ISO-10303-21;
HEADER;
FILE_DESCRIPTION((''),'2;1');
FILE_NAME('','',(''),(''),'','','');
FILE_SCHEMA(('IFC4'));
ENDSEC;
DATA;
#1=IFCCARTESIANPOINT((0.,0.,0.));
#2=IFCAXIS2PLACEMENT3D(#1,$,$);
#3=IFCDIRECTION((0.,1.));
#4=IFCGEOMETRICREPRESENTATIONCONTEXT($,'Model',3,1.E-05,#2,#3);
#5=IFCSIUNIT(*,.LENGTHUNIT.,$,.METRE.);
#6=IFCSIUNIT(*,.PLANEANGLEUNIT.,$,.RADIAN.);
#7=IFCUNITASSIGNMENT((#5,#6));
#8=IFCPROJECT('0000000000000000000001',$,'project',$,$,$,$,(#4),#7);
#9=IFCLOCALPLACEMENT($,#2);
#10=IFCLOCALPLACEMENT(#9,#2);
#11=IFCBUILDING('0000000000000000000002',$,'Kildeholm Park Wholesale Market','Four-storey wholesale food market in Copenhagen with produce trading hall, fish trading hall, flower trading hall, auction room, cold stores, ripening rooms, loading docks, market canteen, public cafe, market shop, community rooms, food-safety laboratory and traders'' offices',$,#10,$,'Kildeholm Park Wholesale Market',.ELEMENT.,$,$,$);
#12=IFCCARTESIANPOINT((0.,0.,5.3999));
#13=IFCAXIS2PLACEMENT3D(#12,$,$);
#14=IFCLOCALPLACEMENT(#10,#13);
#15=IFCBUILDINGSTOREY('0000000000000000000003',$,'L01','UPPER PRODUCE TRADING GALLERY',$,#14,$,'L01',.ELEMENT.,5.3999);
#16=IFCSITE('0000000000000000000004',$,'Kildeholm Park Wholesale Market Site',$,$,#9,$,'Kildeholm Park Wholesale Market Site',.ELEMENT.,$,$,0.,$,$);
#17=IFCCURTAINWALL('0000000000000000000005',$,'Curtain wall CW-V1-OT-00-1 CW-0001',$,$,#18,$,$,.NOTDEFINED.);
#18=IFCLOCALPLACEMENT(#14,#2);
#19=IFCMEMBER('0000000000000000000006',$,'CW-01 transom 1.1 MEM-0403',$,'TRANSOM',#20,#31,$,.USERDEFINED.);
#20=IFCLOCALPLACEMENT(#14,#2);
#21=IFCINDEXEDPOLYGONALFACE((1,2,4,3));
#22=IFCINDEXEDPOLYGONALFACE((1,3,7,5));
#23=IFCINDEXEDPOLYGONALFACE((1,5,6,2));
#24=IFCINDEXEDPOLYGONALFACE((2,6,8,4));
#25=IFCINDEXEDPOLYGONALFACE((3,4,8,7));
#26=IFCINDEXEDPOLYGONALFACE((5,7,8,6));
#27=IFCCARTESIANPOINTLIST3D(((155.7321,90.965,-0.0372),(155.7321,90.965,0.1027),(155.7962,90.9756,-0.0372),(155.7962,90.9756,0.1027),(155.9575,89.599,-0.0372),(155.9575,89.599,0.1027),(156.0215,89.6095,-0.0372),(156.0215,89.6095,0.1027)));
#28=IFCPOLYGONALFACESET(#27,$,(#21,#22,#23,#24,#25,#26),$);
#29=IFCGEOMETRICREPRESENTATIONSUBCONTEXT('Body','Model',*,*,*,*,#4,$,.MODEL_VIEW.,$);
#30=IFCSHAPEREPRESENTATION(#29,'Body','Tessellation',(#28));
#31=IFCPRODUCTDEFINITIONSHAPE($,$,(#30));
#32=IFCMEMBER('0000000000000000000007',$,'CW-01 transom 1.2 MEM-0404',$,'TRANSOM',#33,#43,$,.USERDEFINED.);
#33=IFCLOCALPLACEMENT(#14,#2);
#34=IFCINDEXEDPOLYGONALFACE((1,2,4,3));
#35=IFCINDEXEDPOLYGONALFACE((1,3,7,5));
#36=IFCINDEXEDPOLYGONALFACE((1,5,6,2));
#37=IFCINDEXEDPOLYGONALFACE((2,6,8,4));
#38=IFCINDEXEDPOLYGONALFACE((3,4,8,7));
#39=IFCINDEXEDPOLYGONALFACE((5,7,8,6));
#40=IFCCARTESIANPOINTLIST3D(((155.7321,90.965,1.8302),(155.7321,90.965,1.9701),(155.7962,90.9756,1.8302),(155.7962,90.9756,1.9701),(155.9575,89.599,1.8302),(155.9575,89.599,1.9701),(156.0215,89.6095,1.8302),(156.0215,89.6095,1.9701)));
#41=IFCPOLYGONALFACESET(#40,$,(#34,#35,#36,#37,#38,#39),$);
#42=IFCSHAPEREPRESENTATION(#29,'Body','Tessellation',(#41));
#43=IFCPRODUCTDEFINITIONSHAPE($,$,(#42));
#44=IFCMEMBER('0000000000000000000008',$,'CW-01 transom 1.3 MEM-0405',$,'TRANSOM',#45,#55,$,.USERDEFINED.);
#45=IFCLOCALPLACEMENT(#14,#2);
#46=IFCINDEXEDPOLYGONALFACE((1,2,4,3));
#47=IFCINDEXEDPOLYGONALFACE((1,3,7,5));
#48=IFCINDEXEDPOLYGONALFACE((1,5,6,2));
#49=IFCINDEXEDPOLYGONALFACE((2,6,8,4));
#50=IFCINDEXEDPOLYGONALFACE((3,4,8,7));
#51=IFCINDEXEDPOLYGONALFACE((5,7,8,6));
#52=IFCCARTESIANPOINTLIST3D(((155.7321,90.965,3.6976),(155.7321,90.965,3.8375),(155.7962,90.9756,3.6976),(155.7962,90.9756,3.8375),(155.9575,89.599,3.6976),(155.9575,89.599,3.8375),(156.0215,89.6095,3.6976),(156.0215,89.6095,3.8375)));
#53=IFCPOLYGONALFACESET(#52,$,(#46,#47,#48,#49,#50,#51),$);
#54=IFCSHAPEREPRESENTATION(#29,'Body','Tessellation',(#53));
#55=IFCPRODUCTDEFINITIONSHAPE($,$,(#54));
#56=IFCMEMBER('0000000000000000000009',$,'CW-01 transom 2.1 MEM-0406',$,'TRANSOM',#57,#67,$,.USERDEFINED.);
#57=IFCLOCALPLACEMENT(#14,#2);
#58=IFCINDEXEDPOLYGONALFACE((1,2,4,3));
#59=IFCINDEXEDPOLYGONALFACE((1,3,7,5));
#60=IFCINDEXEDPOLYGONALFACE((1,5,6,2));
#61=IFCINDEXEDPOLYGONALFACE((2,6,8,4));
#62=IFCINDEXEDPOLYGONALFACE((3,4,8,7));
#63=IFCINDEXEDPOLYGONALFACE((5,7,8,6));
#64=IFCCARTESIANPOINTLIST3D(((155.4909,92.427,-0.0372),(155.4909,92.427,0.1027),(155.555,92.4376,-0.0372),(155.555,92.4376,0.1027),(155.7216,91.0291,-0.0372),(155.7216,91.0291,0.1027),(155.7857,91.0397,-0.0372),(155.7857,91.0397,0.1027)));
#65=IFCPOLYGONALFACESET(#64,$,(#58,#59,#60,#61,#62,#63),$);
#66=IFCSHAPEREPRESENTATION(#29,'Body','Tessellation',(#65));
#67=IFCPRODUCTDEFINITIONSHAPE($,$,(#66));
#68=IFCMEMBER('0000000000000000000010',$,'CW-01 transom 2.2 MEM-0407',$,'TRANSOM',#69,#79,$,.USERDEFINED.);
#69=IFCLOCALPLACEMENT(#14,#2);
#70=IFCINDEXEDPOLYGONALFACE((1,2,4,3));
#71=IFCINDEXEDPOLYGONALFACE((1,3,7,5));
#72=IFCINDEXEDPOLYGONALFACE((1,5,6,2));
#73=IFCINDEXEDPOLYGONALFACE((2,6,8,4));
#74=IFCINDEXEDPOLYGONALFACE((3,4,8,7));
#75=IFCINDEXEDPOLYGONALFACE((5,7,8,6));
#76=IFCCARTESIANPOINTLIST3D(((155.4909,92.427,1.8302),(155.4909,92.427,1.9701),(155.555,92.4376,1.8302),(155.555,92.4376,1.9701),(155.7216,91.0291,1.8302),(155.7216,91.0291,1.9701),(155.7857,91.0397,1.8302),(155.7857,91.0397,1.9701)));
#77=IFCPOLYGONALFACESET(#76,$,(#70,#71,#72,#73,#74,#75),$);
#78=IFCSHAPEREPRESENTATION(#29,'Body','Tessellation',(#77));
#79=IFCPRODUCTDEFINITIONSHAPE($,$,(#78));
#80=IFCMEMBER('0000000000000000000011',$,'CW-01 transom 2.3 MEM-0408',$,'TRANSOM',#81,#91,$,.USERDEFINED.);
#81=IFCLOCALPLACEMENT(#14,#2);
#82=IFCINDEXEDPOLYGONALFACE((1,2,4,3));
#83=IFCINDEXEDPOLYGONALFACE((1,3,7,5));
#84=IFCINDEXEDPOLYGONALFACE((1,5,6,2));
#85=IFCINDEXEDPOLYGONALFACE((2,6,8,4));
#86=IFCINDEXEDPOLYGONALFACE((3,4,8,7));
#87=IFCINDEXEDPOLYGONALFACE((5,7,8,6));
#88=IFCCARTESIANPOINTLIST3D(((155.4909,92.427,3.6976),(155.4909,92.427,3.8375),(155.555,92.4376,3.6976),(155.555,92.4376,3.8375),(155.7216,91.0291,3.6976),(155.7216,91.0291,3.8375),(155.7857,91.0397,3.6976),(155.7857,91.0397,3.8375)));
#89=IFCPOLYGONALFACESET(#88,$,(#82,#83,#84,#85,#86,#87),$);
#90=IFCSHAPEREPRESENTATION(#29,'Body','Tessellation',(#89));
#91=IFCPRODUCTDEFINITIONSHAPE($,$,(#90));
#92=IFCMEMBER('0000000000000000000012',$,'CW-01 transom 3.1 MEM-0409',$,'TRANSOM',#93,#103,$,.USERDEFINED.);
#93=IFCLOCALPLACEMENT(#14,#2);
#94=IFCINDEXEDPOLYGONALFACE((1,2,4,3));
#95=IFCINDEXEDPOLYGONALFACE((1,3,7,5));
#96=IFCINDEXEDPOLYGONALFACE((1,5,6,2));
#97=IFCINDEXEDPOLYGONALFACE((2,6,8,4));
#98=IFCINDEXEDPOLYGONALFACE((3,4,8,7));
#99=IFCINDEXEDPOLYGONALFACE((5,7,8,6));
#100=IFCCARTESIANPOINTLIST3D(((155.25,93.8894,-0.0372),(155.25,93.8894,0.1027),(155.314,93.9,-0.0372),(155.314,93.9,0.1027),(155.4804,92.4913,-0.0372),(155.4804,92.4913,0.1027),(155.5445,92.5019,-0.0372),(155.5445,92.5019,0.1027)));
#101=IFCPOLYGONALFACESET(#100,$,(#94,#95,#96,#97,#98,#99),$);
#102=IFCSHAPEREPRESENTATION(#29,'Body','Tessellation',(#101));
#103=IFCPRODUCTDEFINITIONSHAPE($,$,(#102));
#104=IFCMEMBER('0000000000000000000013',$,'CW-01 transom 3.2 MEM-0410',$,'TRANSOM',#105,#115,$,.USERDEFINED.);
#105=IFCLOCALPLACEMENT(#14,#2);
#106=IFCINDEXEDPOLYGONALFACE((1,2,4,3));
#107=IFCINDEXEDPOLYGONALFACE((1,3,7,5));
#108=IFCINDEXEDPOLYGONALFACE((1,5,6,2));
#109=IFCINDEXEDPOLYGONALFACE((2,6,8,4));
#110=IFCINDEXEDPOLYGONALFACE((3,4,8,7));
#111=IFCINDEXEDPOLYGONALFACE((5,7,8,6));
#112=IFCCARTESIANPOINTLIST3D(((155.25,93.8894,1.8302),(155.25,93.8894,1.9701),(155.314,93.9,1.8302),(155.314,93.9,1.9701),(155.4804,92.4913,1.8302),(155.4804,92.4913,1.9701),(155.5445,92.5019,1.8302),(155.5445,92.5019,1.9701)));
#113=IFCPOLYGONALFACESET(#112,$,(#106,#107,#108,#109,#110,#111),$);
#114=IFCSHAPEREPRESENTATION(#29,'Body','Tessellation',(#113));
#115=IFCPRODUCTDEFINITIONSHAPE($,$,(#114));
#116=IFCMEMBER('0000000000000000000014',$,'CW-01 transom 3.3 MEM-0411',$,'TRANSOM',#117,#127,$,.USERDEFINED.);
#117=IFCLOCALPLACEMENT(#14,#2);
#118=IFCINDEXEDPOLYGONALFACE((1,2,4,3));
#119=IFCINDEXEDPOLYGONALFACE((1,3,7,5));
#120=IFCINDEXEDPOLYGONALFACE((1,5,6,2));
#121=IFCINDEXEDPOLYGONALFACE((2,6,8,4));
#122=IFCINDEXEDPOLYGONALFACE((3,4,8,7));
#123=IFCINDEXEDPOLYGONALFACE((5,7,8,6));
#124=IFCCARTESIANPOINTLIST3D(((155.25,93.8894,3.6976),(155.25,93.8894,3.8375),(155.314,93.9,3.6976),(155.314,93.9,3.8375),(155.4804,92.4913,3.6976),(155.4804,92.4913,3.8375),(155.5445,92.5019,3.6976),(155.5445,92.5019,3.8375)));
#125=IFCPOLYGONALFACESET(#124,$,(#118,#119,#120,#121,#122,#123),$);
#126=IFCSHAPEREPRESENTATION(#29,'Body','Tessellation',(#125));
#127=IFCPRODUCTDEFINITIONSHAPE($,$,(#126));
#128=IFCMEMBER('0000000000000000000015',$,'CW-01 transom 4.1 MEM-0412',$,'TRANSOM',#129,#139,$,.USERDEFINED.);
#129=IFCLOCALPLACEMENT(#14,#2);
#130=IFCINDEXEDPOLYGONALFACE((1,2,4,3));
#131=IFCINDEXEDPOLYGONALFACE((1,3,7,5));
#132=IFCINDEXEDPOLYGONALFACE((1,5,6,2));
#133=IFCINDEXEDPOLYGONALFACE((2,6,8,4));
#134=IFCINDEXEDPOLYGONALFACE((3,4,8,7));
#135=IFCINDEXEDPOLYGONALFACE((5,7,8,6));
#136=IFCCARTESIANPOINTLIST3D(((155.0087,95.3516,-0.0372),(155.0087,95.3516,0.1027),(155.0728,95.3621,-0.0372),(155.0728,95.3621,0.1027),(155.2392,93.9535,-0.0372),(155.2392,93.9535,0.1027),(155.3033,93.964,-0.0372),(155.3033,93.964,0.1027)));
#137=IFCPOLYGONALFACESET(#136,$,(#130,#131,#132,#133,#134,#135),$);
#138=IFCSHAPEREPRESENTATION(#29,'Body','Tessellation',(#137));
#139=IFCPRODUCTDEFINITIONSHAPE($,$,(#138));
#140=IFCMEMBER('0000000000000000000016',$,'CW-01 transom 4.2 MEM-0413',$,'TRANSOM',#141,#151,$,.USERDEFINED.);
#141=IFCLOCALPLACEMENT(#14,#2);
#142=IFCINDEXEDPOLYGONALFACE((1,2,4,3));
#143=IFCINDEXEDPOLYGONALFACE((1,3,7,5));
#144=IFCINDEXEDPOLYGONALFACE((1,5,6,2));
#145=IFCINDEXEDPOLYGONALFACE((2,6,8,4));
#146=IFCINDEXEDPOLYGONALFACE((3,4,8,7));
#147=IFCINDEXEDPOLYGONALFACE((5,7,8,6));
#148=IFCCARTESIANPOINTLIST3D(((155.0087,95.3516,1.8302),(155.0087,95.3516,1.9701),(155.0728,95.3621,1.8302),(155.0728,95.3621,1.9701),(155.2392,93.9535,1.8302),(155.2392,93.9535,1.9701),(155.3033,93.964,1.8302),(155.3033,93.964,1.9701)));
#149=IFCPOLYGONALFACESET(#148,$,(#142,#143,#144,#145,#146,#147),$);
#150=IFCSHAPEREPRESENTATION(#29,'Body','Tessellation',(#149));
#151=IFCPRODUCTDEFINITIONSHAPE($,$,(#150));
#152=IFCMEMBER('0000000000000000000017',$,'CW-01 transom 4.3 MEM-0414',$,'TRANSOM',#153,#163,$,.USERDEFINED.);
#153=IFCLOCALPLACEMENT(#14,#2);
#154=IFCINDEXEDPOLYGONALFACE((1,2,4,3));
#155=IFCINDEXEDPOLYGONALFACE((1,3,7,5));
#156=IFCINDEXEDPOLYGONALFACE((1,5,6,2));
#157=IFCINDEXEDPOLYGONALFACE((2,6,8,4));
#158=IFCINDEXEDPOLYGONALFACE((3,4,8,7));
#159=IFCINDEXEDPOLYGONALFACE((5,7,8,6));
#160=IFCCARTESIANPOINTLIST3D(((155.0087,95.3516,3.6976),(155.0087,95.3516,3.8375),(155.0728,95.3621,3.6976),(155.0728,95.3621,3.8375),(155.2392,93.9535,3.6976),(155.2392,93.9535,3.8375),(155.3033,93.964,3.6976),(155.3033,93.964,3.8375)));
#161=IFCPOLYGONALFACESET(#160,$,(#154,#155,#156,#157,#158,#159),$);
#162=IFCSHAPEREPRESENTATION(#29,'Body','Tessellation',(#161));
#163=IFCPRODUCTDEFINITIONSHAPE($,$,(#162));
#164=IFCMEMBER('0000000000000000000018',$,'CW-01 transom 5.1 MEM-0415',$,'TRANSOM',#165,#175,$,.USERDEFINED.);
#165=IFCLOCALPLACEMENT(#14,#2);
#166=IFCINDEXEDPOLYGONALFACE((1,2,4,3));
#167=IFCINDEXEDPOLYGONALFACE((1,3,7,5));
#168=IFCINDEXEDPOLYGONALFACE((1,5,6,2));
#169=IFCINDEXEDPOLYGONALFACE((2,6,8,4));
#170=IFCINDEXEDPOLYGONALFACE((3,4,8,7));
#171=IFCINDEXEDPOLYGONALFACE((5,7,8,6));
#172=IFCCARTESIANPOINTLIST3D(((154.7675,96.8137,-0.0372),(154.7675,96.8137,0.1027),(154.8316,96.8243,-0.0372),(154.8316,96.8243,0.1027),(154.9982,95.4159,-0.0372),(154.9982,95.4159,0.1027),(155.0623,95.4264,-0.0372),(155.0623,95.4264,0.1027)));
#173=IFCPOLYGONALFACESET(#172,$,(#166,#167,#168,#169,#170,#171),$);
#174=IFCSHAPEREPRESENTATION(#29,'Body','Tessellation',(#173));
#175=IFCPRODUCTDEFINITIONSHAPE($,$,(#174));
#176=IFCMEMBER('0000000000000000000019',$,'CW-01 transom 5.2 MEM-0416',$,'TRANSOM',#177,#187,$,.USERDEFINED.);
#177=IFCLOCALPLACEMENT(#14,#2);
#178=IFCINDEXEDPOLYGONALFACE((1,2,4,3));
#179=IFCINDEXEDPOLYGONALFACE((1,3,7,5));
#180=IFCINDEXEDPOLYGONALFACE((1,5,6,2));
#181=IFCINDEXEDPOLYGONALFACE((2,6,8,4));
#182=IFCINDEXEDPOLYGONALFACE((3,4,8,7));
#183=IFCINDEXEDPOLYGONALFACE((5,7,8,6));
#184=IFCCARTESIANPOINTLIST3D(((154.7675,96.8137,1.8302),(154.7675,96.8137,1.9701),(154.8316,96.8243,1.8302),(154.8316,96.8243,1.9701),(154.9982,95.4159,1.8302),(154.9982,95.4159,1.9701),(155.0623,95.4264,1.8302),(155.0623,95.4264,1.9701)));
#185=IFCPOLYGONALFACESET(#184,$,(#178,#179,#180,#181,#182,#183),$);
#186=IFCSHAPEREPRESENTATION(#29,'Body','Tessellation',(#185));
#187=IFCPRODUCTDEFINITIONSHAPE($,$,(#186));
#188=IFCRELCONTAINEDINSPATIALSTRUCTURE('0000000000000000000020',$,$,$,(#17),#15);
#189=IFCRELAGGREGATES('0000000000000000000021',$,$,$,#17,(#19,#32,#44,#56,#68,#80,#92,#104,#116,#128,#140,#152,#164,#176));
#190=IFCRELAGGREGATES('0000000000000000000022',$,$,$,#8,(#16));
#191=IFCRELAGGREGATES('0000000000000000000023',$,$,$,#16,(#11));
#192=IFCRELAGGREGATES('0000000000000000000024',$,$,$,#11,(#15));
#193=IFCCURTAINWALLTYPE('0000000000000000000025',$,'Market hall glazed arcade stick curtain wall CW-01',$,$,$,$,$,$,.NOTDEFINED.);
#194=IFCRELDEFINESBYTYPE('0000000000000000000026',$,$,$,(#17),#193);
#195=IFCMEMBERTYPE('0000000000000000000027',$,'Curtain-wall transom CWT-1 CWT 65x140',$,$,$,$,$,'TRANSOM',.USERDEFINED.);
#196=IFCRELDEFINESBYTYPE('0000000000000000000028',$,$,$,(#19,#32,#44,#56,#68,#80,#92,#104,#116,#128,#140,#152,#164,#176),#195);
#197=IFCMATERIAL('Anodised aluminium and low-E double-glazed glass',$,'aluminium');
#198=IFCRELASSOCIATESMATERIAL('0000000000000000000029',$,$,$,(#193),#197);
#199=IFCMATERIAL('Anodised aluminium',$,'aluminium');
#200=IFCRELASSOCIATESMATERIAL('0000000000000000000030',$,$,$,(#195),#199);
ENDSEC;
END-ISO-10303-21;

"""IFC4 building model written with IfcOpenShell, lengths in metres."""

from ifc_helpers import new_model, si_unit, direction, frame, origin, origin_2d, place, context, subcontext, project, spatial, rectangle, extrude, material, material_profile, profile_set, type_object, element, aggregate, save


model = new_model("IFC4")

# Units and contexts
model_context = context("Model", 3, precision=1e-05, world=origin(), true_north=direction((0.0, 1.0)))
body_context = subcontext(model_context, "Body", "Model", "MODEL_VIEW")
ifc_project = project(units=[si_unit("LENGTHUNIT", "METRE"), si_unit("PLANEANGLEUNIT", "RADIAN")], contexts=[model_context])

# Site, building, storey
site_placement = place(None, origin())
site = spatial("IfcSite", under=ifc_project, at=site_placement, Name="Kildeholm Park Wholesale Market Site", LongName="Kildeholm Park Wholesale Market Site", CompositionType="ELEMENT", RefElevation=0.0)
building_placement = place(site_placement, origin())
building = spatial("IfcBuilding", under=site, at=building_placement, Name="Kildeholm Park Wholesale Market", Description="Four-storey wholesale food market in Copenhagen with produce trading hall, fish trading hall, flower trading hall, auction room, cold stores, ripening rooms, loading docks, market canteen, public cafe, market shop, community rooms, food-safety laboratory and traders' offices", LongName="Kildeholm Park Wholesale Market", CompositionType="ELEMENT")
storey_placement = place(building_placement, frame((0.0, 0.0, 5.3999)))
storey = spatial("IfcBuildingStorey", under=building, at=storey_placement, Name="L01", Description="UPPER PRODUCE TRADING GALLERY", LongName="L01", CompositionType="ELEMENT", Elevation=5.3999)

# Curtain wall
ifc_material_1 = material(Name="Anodised aluminium and low-E double-glazed glass", Category="aluminium")
curtain_wall_type = type_object("IfcCurtainWallType", Name="Market hall glazed arcade stick curtain wall CW-01", PredefinedType="NOTDEFINED", material=ifc_material_1)
curtain_wall_1_placement = place(storey_placement, origin())
curtain_wall_1 = element("IfcCurtainWall", 1, at=curtain_wall_1_placement, inside=storey, type_object=curtain_wall_type, Name="Curtain wall CW-V1-OT-00-1 CW-0001", PredefinedType="NOTDEFINED")
ifc_material_2 = material(Name="Anodised aluminium", Category="aluminium")

# Members
ifc_material_profile_1 = material_profile(ifc_material_2, rectangle(XDim=0.0649, YDim=0.1399, at=origin_2d()), Name="CWT 65x140")
ifc_profile_set_1 = profile_set([ifc_material_profile_1], Name="Anodised aluminium")
member_type_1 = type_object("IfcMemberType", Name="Curtain-wall transom CWT-1 CWT 65x140", ElementType="TRANSOM", PredefinedType="USERDEFINED", material=ifc_profile_set_1)
member_1_placement = place(storey_placement, frame((155.9895, 89.6042, 0.0327), z_axis=(-0.162769, 0.986664, 0.0), x_axis=(-0.986664, -0.162769, 0.0)))
member_1 = element("IfcMember", 2, at=member_1_placement, type_object=member_type_1, Name="CW-01 transom 1.1 MEM-0403", ObjectType="TRANSOM", PredefinedType="USERDEFINED", context=body_context, shape_type="SweptSolid", body=[
    extrude(rectangle(XDim=0.0649, YDim=0.1399, at=origin_2d()), origin(), (0.0, 0.0, 1.0), 1.3845),
])
member_2_placement = place(storey_placement, frame((155.9895, 89.6042, 1.9001), z_axis=(-0.162769, 0.986664, 0.0), x_axis=(-0.986664, -0.162769, 0.0)))
member_2 = element("IfcMember", 3, at=member_2_placement, type_object=member_type_1, Name="CW-01 transom 1.2 MEM-0404", ObjectType="TRANSOM", PredefinedType="USERDEFINED", context=body_context, shape_type="SweptSolid", body=[
    extrude(rectangle(XDim=0.0649, YDim=0.1399, at=origin_2d()), origin(), (0.0, 0.0, 1.0), 1.3845),
])
member_3_placement = place(storey_placement, frame((155.9895, 89.6042, 3.7676), z_axis=(-0.162769, 0.986664, 0.0), x_axis=(-0.986664, -0.162769, 0.0)))
member_3 = element("IfcMember", 4, at=member_3_placement, type_object=member_type_1, Name="CW-01 transom 1.3 MEM-0405", ObjectType="TRANSOM", PredefinedType="USERDEFINED", context=body_context, shape_type="SweptSolid", body=[
    extrude(rectangle(XDim=0.0649, YDim=0.1399, at=origin_2d()), origin(), (0.0, 0.0, 1.0), 1.3845),
])
member_4_placement = place(storey_placement, frame((155.7537, 91.0344, 0.0327), z_axis=(-0.162834, 0.986653, 0.0), x_axis=(-0.986653, -0.162834, 0.0)))
member_4 = element("IfcMember", 5, at=member_4_placement, type_object=member_type_1, Name="CW-01 transom 2.1 MEM-0406", ObjectType="TRANSOM", PredefinedType="USERDEFINED", context=body_context, shape_type="SweptSolid", body=[
    extrude(rectangle(XDim=0.0649, YDim=0.1399, at=origin_2d()), origin(), (0.0, 0.0, 1.0), 1.4167),
])
member_5_placement = place(storey_placement, frame((155.7537, 91.0344, 1.9001), z_axis=(-0.162834, 0.986653, 0.0), x_axis=(-0.986653, -0.162834, 0.0)))
member_5 = element("IfcMember", 6, at=member_5_placement, type_object=member_type_1, Name="CW-01 transom 2.2 MEM-0407", ObjectType="TRANSOM", PredefinedType="USERDEFINED", context=body_context, shape_type="SweptSolid", body=[
    extrude(rectangle(XDim=0.0649, YDim=0.1399, at=origin_2d()), origin(), (0.0, 0.0, 1.0), 1.4167),
])
member_6_placement = place(storey_placement, frame((155.7537, 91.0344, 3.7676), z_axis=(-0.162834, 0.986653, 0.0), x_axis=(-0.986653, -0.162834, 0.0)))
member_6 = element("IfcMember", 7, at=member_6_placement, type_object=member_type_1, Name="CW-01 transom 2.3 MEM-0408", ObjectType="TRANSOM", PredefinedType="USERDEFINED", context=body_context, shape_type="SweptSolid", body=[
    extrude(rectangle(XDim=0.0649, YDim=0.1399, at=origin_2d()), origin(), (0.0, 0.0, 1.0), 1.4167),
])
member_7_placement = place(storey_placement, frame((155.5125, 92.4966, 0.0327), z_axis=(-0.162639, 0.986686, 0.0), x_axis=(-0.986686, -0.162639, 0.0)))
member_7 = element("IfcMember", 8, at=member_7_placement, type_object=member_type_1, Name="CW-01 transom 3.1 MEM-0409", ObjectType="TRANSOM", PredefinedType="USERDEFINED", context=body_context, shape_type="SweptSolid", body=[
    extrude(rectangle(XDim=0.0649, YDim=0.1399, at=origin_2d()), origin(), (0.0, 0.0, 1.0), 1.417),
])
member_8_placement = place(storey_placement, frame((155.5125, 92.4966, 1.9001), z_axis=(-0.162639, 0.986686, 0.0), x_axis=(-0.986686, -0.162639, 0.0)))
member_8 = element("IfcMember", 9, at=member_8_placement, type_object=member_type_1, Name="CW-01 transom 3.2 MEM-0410", ObjectType="TRANSOM", PredefinedType="USERDEFINED", context=body_context, shape_type="SweptSolid", body=[
    extrude(rectangle(XDim=0.0649, YDim=0.1399, at=origin_2d()), origin(), (0.0, 0.0, 1.0), 1.417),
])
member_9_placement = place(storey_placement, frame((155.5125, 92.4966, 3.7676), z_axis=(-0.162639, 0.986686, 0.0), x_axis=(-0.986686, -0.162639, 0.0)))
member_9 = element("IfcMember", 10, at=member_9_placement, type_object=member_type_1, Name="CW-01 transom 3.3 MEM-0411", ObjectType="TRANSOM", PredefinedType="USERDEFINED", context=body_context, shape_type="SweptSolid", body=[
    extrude(rectangle(XDim=0.0649, YDim=0.1399, at=origin_2d()), origin(), (0.0, 0.0, 1.0), 1.417),
])
member_10_placement = place(storey_placement, frame((155.2712, 93.9587, 0.0327), z_axis=(-0.162639, 0.986686, 0.0), x_axis=(-0.986686, -0.162639, 0.0)))
member_10 = element("IfcMember", 11, at=member_10_placement, type_object=member_type_1, Name="CW-01 transom 4.1 MEM-0412", ObjectType="TRANSOM", PredefinedType="USERDEFINED", context=body_context, shape_type="SweptSolid", body=[
    extrude(rectangle(XDim=0.0649, YDim=0.1399, at=origin_2d()), origin(), (0.0, 0.0, 1.0), 1.417),
])
member_11_placement = place(storey_placement, frame((155.2712, 93.9587, 1.9001), z_axis=(-0.162639, 0.986686, 0.0), x_axis=(-0.986686, -0.162639, 0.0)))
member_11 = element("IfcMember", 12, at=member_11_placement, type_object=member_type_1, Name="CW-01 transom 4.2 MEM-0413", ObjectType="TRANSOM", PredefinedType="USERDEFINED", context=body_context, shape_type="SweptSolid", body=[
    extrude(rectangle(XDim=0.0649, YDim=0.1399, at=origin_2d()), origin(), (0.0, 0.0, 1.0), 1.417),
])
member_12_placement = place(storey_placement, frame((155.2712, 93.9587, 3.7676), z_axis=(-0.162639, 0.986686, 0.0), x_axis=(-0.986686, -0.162639, 0.0)))
member_12 = element("IfcMember", 13, at=member_12_placement, type_object=member_type_1, Name="CW-01 transom 4.3 MEM-0414", ObjectType="TRANSOM", PredefinedType="USERDEFINED", context=body_context, shape_type="SweptSolid", body=[
    extrude(rectangle(XDim=0.0649, YDim=0.1399, at=origin_2d()), origin(), (0.0, 0.0, 1.0), 1.417),
])
member_13_placement = place(storey_placement, frame((155.0303, 95.4211, 0.0327), z_axis=(-0.162834, 0.986653, 0.0), x_axis=(-0.986653, -0.162834, 0.0)))
member_13 = element("IfcMember", 14, at=member_13_placement, type_object=member_type_1, Name="CW-01 transom 5.1 MEM-0415", ObjectType="TRANSOM", PredefinedType="USERDEFINED", context=body_context, shape_type="SweptSolid", body=[
    extrude(rectangle(XDim=0.0649, YDim=0.1399, at=origin_2d()), origin(), (0.0, 0.0, 1.0), 1.4167),
])
member_14_placement = place(storey_placement, frame((155.0303, 95.4211, 1.9001), z_axis=(-0.162834, 0.986653, 0.0), x_axis=(-0.986653, -0.162834, 0.0)))
member_14 = element("IfcMember", 15, at=member_14_placement, type_object=member_type_1, Name="CW-01 transom 5.2 MEM-0416", ObjectType="TRANSOM", PredefinedType="USERDEFINED", context=body_context, shape_type="SweptSolid", body=[
    extrude(rectangle(XDim=0.0649, YDim=0.1399, at=origin_2d()), origin(), (0.0, 0.0, 1.0), 1.4167),
])

aggregate(curtain_wall_1, [member_1, member_2, member_3, member_4, member_5, member_6, member_7, member_8, member_9, member_10, member_11, member_12, member_13, member_14])

save(model, "model.ifc")
